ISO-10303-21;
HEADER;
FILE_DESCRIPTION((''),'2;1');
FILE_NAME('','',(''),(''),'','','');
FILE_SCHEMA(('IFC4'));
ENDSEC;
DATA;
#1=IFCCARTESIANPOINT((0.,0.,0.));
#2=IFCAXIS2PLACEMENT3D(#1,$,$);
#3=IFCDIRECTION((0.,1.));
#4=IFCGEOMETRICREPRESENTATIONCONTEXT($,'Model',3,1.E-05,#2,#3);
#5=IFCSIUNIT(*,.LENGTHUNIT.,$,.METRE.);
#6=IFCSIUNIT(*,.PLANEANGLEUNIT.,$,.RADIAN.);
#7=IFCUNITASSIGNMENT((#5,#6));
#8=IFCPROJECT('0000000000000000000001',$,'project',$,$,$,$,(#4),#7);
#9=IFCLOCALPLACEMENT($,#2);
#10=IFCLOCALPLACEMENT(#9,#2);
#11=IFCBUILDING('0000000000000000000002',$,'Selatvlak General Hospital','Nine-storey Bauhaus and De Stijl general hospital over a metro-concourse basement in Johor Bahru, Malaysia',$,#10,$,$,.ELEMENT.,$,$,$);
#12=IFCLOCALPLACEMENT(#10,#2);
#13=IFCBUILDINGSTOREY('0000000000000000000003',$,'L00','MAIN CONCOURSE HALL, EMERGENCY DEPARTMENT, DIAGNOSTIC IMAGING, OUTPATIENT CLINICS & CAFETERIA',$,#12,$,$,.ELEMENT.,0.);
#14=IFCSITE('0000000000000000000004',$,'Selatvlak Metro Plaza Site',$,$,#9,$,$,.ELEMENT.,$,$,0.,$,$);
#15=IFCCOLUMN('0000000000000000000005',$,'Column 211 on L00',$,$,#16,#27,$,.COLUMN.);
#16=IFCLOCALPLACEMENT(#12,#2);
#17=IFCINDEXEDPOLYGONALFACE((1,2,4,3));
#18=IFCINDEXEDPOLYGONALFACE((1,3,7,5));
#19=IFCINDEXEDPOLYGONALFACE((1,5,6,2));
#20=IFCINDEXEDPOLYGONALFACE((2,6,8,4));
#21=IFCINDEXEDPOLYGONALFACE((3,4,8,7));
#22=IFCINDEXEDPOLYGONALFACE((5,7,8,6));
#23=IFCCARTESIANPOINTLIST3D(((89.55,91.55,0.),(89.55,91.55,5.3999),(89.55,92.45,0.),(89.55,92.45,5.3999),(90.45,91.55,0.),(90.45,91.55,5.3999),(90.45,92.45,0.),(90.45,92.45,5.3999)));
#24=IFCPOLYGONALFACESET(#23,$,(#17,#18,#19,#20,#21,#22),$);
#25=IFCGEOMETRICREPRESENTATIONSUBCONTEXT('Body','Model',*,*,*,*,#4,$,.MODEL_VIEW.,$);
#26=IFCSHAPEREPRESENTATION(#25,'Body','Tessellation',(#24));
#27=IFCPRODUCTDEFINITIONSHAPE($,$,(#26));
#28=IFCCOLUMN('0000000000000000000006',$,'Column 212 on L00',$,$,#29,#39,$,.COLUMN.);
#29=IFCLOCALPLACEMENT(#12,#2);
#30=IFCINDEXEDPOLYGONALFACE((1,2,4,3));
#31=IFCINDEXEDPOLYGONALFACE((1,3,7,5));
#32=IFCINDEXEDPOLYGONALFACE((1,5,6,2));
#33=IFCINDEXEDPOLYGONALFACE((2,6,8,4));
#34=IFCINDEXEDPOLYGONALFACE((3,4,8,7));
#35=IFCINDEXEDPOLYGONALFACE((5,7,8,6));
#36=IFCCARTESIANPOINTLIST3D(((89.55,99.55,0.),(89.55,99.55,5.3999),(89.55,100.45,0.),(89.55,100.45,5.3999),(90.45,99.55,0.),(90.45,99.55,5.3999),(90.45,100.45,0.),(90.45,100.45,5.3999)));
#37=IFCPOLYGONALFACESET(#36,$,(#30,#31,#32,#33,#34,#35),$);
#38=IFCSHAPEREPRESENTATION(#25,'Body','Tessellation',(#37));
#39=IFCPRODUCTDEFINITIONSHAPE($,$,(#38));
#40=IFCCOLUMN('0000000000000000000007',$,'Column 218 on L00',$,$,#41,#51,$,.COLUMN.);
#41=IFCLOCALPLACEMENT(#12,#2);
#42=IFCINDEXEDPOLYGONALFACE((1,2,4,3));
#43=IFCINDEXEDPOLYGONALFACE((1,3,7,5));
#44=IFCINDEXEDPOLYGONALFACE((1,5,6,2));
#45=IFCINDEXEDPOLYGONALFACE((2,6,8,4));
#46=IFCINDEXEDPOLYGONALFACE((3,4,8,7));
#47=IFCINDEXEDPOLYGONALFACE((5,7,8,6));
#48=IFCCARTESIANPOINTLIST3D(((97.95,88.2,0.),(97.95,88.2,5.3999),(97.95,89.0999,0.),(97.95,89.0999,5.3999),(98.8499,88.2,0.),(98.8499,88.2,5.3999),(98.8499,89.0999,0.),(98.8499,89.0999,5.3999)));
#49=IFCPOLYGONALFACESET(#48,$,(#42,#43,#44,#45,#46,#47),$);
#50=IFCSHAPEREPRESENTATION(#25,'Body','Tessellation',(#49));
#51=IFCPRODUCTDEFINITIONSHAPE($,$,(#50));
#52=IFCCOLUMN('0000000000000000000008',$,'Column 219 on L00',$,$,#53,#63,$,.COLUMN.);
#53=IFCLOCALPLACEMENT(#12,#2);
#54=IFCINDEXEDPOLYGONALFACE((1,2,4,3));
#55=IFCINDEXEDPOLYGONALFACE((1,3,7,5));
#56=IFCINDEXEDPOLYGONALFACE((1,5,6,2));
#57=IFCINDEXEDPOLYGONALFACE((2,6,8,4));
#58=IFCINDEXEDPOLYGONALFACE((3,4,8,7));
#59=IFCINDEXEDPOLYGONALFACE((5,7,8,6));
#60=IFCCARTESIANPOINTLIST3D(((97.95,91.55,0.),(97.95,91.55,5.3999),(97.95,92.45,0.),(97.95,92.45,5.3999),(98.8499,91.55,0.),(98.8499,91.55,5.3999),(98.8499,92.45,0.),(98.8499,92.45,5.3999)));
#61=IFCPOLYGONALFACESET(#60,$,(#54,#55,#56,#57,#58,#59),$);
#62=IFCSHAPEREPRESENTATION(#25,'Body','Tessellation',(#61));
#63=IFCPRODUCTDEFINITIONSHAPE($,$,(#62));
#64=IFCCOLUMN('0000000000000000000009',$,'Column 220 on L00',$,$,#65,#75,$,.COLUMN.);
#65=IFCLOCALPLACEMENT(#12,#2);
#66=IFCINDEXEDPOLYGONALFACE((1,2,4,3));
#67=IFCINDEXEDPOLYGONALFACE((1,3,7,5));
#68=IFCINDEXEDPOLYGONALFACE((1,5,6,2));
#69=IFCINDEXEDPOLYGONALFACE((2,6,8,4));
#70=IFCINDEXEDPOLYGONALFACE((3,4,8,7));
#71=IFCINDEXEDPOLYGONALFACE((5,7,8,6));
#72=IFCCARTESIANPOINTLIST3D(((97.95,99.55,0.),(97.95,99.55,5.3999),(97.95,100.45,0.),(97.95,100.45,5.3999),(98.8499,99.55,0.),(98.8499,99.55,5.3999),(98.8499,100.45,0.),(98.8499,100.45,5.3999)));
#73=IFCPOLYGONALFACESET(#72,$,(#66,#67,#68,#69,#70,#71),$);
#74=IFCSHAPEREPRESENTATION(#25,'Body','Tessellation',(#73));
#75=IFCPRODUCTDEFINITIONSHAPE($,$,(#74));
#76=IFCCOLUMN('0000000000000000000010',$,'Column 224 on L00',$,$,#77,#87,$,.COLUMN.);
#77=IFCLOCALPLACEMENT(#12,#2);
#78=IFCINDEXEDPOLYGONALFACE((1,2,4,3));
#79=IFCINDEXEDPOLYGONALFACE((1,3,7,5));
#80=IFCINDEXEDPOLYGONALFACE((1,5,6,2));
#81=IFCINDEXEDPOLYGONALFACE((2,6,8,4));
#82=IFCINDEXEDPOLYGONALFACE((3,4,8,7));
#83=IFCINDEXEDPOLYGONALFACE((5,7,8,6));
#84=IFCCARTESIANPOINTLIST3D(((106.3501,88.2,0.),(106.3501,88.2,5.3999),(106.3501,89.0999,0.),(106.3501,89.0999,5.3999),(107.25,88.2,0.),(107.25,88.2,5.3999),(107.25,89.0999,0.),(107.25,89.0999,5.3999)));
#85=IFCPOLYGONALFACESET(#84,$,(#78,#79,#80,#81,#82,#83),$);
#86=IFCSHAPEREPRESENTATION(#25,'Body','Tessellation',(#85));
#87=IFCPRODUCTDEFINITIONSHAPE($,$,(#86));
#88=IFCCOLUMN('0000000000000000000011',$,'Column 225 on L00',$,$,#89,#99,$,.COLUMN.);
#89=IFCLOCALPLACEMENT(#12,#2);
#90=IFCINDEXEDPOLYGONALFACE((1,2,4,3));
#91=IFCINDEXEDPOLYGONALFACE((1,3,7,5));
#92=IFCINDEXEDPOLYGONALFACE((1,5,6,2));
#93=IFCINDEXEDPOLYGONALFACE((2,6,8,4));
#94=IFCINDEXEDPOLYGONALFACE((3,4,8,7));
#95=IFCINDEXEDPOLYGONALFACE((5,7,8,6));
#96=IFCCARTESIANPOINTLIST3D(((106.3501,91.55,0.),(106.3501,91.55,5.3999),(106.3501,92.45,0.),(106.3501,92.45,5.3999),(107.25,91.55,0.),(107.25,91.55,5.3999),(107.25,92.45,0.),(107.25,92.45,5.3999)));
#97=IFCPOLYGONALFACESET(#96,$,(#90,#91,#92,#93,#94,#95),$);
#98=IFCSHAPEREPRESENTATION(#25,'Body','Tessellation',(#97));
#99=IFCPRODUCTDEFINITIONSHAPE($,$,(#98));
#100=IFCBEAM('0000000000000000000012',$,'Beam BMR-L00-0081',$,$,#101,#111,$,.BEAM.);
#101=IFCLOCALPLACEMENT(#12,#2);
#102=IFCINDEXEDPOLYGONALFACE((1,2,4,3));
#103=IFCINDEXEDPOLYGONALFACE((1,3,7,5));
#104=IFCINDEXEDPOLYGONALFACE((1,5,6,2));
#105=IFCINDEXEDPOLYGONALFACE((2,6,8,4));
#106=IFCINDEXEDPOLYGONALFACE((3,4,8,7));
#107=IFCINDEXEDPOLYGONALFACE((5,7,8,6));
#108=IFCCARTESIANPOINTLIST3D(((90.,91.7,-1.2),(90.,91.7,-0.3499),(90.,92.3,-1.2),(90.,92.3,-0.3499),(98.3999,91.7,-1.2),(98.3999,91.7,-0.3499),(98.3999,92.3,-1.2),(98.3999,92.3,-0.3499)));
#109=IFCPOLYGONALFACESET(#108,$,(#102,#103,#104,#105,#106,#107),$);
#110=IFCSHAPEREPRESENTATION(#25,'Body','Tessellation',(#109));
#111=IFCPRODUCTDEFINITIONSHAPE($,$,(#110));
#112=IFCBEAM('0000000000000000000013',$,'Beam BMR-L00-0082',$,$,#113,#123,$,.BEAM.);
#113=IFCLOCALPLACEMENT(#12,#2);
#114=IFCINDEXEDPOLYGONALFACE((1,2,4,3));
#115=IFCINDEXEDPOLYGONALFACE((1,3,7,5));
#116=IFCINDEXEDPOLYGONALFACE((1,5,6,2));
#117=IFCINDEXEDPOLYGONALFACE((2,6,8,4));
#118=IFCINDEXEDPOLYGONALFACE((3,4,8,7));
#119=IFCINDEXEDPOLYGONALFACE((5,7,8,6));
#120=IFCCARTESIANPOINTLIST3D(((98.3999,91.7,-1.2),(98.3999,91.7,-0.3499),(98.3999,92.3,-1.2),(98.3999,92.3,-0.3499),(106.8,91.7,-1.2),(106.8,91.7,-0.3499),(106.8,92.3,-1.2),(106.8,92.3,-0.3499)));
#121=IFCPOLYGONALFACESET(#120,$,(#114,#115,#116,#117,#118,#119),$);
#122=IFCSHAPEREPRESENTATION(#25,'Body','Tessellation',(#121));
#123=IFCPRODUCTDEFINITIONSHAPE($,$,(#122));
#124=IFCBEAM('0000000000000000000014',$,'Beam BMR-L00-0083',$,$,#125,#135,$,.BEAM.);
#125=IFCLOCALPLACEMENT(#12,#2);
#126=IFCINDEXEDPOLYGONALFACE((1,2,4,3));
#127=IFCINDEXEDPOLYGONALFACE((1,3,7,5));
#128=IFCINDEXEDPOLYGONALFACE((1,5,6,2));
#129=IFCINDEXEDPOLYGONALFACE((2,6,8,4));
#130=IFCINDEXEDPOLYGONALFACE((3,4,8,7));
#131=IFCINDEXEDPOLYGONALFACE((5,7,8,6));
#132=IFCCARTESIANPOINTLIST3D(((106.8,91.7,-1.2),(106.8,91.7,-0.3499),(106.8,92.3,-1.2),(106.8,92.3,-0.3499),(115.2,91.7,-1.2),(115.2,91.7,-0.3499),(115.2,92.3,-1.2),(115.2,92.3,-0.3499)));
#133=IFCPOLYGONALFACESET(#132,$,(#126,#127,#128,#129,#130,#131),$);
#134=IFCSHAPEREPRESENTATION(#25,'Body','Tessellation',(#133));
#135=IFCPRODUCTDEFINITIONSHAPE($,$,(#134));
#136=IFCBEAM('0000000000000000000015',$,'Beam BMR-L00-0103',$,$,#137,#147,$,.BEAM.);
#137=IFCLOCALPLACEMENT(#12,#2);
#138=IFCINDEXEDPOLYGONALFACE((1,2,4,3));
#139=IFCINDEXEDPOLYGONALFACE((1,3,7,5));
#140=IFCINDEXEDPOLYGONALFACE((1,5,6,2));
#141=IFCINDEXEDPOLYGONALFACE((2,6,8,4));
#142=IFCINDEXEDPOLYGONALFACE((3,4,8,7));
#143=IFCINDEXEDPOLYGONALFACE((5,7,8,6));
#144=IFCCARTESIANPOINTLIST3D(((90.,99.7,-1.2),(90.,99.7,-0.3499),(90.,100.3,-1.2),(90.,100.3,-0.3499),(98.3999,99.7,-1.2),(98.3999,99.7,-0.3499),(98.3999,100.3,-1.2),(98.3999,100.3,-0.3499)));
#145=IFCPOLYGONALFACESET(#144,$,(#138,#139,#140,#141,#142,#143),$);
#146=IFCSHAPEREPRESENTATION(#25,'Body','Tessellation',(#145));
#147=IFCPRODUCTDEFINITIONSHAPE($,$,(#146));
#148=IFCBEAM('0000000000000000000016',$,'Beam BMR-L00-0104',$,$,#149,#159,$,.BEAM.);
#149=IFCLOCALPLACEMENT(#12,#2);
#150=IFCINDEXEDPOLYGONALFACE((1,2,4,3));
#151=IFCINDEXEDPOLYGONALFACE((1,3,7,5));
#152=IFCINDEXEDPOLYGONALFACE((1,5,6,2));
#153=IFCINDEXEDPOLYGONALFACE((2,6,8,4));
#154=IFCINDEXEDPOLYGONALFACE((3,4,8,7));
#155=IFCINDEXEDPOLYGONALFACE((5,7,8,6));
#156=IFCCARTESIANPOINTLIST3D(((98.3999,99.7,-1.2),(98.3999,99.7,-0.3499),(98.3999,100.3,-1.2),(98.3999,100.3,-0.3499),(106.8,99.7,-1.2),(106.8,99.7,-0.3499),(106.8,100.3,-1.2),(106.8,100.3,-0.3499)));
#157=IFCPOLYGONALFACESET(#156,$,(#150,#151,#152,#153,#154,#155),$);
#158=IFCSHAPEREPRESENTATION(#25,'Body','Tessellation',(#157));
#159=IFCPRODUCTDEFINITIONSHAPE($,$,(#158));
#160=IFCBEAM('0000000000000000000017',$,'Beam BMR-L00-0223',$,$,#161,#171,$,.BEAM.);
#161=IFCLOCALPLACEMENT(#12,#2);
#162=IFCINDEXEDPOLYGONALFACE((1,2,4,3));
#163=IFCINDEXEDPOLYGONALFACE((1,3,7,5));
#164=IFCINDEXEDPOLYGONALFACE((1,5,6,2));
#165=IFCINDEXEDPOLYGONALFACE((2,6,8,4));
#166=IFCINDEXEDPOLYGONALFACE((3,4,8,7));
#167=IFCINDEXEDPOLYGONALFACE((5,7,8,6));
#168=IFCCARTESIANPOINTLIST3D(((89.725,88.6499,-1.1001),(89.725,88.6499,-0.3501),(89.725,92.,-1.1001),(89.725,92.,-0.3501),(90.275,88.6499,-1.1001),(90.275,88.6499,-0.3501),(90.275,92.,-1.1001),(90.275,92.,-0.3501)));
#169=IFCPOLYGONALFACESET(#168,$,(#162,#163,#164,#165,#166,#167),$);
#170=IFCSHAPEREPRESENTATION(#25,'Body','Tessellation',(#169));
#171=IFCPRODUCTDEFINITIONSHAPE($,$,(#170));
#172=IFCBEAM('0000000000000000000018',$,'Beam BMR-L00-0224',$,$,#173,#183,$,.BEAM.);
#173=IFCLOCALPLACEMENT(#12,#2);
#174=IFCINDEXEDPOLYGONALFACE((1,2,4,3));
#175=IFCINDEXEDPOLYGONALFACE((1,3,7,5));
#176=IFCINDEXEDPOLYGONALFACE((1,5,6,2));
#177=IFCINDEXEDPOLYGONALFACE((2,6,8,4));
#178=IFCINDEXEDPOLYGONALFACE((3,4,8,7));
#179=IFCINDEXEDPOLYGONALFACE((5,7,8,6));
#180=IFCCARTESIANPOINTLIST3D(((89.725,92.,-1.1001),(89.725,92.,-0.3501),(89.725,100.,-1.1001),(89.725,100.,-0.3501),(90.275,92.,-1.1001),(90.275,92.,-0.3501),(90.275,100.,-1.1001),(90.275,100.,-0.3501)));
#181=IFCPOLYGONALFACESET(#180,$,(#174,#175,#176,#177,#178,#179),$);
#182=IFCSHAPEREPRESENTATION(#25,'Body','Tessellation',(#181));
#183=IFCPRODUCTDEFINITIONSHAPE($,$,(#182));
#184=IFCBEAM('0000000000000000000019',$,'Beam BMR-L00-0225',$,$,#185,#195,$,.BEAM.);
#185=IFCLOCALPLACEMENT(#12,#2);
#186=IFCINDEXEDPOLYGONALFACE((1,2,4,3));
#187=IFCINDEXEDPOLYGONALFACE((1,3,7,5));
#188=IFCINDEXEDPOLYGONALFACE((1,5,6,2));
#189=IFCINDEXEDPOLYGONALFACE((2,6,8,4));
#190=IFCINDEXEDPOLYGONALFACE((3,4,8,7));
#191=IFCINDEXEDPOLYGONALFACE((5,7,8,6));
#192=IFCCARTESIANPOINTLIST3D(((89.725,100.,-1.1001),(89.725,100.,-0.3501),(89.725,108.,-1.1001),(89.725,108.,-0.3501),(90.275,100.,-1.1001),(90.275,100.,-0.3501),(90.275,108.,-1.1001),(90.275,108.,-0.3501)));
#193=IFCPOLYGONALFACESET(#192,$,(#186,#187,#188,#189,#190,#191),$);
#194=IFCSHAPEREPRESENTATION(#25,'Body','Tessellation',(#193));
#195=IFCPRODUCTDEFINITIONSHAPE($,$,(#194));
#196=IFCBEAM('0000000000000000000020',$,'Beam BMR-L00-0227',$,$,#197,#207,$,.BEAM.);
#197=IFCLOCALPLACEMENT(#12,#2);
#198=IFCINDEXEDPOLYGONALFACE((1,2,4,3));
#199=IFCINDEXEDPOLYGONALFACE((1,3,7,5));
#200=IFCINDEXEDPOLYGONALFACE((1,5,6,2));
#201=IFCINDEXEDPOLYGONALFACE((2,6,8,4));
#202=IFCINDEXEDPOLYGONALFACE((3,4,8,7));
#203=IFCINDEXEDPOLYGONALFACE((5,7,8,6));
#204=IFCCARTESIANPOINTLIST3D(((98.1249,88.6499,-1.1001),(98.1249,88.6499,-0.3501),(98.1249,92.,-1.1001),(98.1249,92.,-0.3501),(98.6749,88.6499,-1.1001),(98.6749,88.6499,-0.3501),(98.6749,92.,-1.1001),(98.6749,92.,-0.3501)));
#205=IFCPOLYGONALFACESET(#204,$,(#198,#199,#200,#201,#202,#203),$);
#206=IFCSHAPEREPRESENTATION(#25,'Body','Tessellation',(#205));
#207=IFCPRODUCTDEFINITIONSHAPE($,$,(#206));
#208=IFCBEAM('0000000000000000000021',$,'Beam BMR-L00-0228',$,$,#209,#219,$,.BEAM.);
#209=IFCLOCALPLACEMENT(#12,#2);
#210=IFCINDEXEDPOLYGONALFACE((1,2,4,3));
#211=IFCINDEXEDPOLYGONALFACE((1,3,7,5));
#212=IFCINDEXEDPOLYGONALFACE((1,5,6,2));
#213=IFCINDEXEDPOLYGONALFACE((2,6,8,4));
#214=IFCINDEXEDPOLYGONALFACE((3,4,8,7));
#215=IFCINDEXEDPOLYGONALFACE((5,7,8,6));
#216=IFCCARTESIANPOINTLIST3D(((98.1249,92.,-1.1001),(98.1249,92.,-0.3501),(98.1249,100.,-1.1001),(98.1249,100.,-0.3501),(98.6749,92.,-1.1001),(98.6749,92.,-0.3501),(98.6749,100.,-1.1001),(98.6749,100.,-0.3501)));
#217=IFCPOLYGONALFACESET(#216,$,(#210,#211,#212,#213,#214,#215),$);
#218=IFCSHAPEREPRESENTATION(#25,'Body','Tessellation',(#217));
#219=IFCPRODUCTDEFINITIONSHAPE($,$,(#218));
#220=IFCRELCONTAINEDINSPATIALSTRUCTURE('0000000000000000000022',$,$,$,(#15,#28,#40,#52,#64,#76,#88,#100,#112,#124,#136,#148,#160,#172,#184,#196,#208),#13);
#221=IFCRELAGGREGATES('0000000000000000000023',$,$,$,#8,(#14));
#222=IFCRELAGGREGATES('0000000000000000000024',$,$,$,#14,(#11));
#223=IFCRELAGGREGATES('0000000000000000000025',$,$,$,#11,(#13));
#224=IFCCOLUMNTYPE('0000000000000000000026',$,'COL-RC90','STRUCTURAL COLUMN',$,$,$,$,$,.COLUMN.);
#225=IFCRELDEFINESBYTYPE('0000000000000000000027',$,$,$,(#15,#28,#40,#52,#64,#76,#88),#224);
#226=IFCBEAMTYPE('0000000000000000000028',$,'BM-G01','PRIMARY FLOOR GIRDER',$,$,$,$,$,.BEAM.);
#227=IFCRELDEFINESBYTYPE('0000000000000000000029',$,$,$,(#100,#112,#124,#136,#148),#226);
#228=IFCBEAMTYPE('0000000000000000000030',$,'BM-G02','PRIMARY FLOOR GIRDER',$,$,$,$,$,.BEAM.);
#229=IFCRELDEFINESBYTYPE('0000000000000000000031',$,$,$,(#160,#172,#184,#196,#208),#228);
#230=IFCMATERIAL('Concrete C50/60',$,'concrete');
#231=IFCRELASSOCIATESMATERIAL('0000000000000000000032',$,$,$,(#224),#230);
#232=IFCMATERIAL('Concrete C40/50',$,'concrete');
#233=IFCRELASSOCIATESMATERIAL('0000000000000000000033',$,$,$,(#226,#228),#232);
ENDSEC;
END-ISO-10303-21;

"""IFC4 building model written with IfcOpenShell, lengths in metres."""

from ifc_helpers import new_model, si_unit, direction, frame, origin, origin_2d, place, context, subcontext, project, spatial, rectangle, extrude, material, material_profile, profile_set, type_object, element, save


model = new_model("IFC4")

# Units and contexts
model_context = context("Model", 3, precision=1e-05, world=origin(), true_north=direction((0.0, 1.0)))
body_context = subcontext(model_context, "Body", "Model", "MODEL_VIEW")
ifc_project = project(units=[si_unit("LENGTHUNIT", "METRE"), si_unit("PLANEANGLEUNIT", "RADIAN")], contexts=[model_context])

# Site, building, storey
site_placement = place(None, origin())
site = spatial("IfcSite", under=ifc_project, at=site_placement, Name="Selatvlak Metro Plaza Site", CompositionType="ELEMENT", RefElevation=0.0)
building_placement = place(site_placement, origin())
building = spatial("IfcBuilding", under=site, at=building_placement, Name="Selatvlak General Hospital", Description="Nine-storey Bauhaus and De Stijl general hospital over a metro-concourse basement in Johor Bahru, Malaysia", CompositionType="ELEMENT")
storey_placement = place(building_placement, origin())
storey = spatial("IfcBuildingStorey", under=building, at=storey_placement, Name="L00", Description="MAIN CONCOURSE HALL, EMERGENCY DEPARTMENT, DIAGNOSTIC IMAGING, OUTPATIENT CLINICS & CAFETERIA", CompositionType="ELEMENT", Elevation=0.0)

# Columns
ifc_material_1 = material(Name="Concrete C50/60", Category="concrete")
ifc_material_profile_1 = material_profile(ifc_material_1, rectangle(XDim=0.8999, YDim=0.8999, at=origin_2d()), Name="RC-COL 900x900")
ifc_profile_set_1 = profile_set([ifc_material_profile_1], Name="Concrete C50/60")
column_type = type_object("IfcColumnType", Name="COL-RC90", Description="STRUCTURAL COLUMN", PredefinedType="COLUMN", material=ifc_profile_set_1)
for number, where, z_axis, x_axis, name in (
    (1, (90.0, 92.0, 0.0), (0.0, 0.0, 1.0), (1.0, 0.0, 0.0), "Column 211 on L00"),
    (2, (90.0, 100.0, 0.0), (0.0, 0.0, 1.0), (1.0, 0.0, 0.0), "Column 212 on L00"),
    (3, (98.3999, 88.6499, 0.0), (0.0, 0.0, 1.0), (1.0, 0.0, 0.0), "Column 218 on L00"),
    (4, (98.3999, 92.0, 0.0), (0.0, 0.0, 1.0), (1.0, 0.0, 0.0), "Column 219 on L00"),
    (5, (98.3999, 100.0, 0.0), (0.0, 0.0, 1.0), (1.0, 0.0, 0.0), "Column 220 on L00"),
    (6, (106.8, 88.6499, 0.0), (0.0, 0.0, 1.0), (1.0, 0.0, 0.0), "Column 224 on L00"),
    (7, (106.8, 92.0, 0.0), (0.0, 0.0, 1.0), (1.0, 0.0, 0.0), "Column 225 on L00"),
):
    element("IfcColumn", number, at=place(storey_placement, frame(where, z_axis=z_axis, x_axis=x_axis)), inside=storey, type_object=column_type, Name=name, PredefinedType="COLUMN", context=body_context, shape_type="SweptSolid", body=[
        extrude(rectangle(XDim=0.8999, YDim=0.8999, at=origin_2d()), origin(), (0.0, 0.0, 1.0), 5.3999),
    ])

# Beams
ifc_material_2 = material(Name="Concrete C40/50", Category="concrete")
ifc_material_profile_2 = material_profile(ifc_material_2, rectangle(XDim=0.6001, YDim=0.8501, at=origin_2d()), Name="RC-BM 600x850")
ifc_profile_set_2 = profile_set([ifc_material_profile_2], Name="Concrete C40/50")
beam_type_1 = type_object("IfcBeamType", Name="BM-G01", Description="PRIMARY FLOOR GIRDER", PredefinedType="BEAM", material=ifc_profile_set_2)
beam_1_placement = place(storey_placement, frame((90.0, 92.0, -0.7749), z_axis=(1.0, 0.0, 0.0), x_axis=(0.0, 1.0, 0.0)))
element("IfcBeam", 8, at=beam_1_placement, inside=storey, type_object=beam_type_1, Name="Beam BMR-L00-0081", PredefinedType="BEAM", context=body_context, shape_type="SweptSolid", body=[
    extrude(rectangle(XDim=0.6001, YDim=0.8501, at=origin_2d()), origin(), (0.0, 0.0, 1.0), 8.3999),
])
beam_2_placement = place(storey_placement, frame((98.3999, 92.0, -0.7749), z_axis=(1.0, 0.0, 0.0), x_axis=(0.0, 1.0, 0.0)))
element("IfcBeam", 9, at=beam_2_placement, inside=storey, type_object=beam_type_1, Name="Beam BMR-L00-0082", PredefinedType="BEAM", context=body_context, shape_type="SweptSolid", body=[
    extrude(rectangle(XDim=0.6001, YDim=0.8501, at=origin_2d()), origin(), (0.0, 0.0, 1.0), 8.4001),
])
for number, where, z_axis, x_axis, name in (
    (10, (106.8, 92.0, -0.7749), (1.0, 0.0, 0.0), (0.0, 1.0, 0.0), "Beam BMR-L00-0083"),
    (11, (90.0, 100.0, -0.7749), (1.0, 0.0, 0.0), (0.0, 1.0, 0.0), "Beam BMR-L00-0103"),
):
    element("IfcBeam", number, at=place(storey_placement, frame(where, z_axis=z_axis, x_axis=x_axis)), inside=storey, type_object=beam_type_1, Name=name, PredefinedType="BEAM", context=body_context, shape_type="SweptSolid", body=[
        extrude(rectangle(XDim=0.6001, YDim=0.8501, at=origin_2d()), origin(), (0.0, 0.0, 1.0), 8.3999),
    ])
beam_3_placement = place(storey_placement, frame((98.3999, 100.0, -0.7749), z_axis=(1.0, 0.0, 0.0), x_axis=(0.0, 1.0, 0.0)))
element("IfcBeam", 12, at=beam_3_placement, inside=storey, type_object=beam_type_1, Name="Beam BMR-L00-0104", PredefinedType="BEAM", context=body_context, shape_type="SweptSolid", body=[
    extrude(rectangle(XDim=0.6001, YDim=0.8501, at=origin_2d()), origin(), (0.0, 0.0, 1.0), 8.4001),
])
ifc_material_profile_3 = material_profile(ifc_material_2, rectangle(XDim=0.55, YDim=0.75, at=origin_2d()), Name="RC-BM 550x750")
ifc_profile_set_3 = profile_set([ifc_material_profile_3], Name="Concrete C40/50")
beam_type_2 = type_object("IfcBeamType", Name="BM-G02", Description="PRIMARY FLOOR GIRDER", PredefinedType="BEAM", material=ifc_profile_set_3)
beam_4_placement = place(storey_placement, frame((90.0, 88.6499, -0.7251), z_axis=(0.0, 1.0, 0.0), x_axis=(-1.0, 0.0, 0.0)))
element("IfcBeam", 13, at=beam_4_placement, inside=storey, type_object=beam_type_2, Name="Beam BMR-L00-0223", PredefinedType="BEAM", context=body_context, shape_type="SweptSolid", body=[
    extrude(rectangle(XDim=0.55, YDim=0.75, at=origin_2d()), origin(), (0.0, 0.0, 1.0), 3.3501),
])
for number, where, z_axis, x_axis, name in (
    (14, (90.0, 92.0, -0.7251), (0.0, 1.0, 0.0), (-1.0, 0.0, 0.0), "Beam BMR-L00-0224"),
    (15, (90.0, 100.0, -0.7251), (0.0, 1.0, 0.0), (-1.0, 0.0, 0.0), "Beam BMR-L00-0225"),
):
    element("IfcBeam", number, at=place(storey_placement, frame(where, z_axis=z_axis, x_axis=x_axis)), inside=storey, type_object=beam_type_2, Name=name, PredefinedType="BEAM", context=body_context, shape_type="SweptSolid", body=[
        extrude(rectangle(XDim=0.55, YDim=0.75, at=origin_2d()), origin(), (0.0, 0.0, 1.0), 8.0),
    ])
beam_5_placement = place(storey_placement, frame((98.3999, 88.6499, -0.7251), z_axis=(0.0, 1.0, 0.0), x_axis=(-1.0, 0.0, 0.0)))
element("IfcBeam", 16, at=beam_5_placement, inside=storey, type_object=beam_type_2, Name="Beam BMR-L00-0227", PredefinedType="BEAM", context=body_context, shape_type="SweptSolid", body=[
    extrude(rectangle(XDim=0.55, YDim=0.75, at=origin_2d()), origin(), (0.0, 0.0, 1.0), 3.3501),
])
beam_6_placement = place(storey_placement, frame((98.3999, 92.0, -0.7251), z_axis=(0.0, 1.0, 0.0), x_axis=(-1.0, 0.0, 0.0)))
element("IfcBeam", 17, at=beam_6_placement, inside=storey, type_object=beam_type_2, Name="Beam BMR-L00-0228", PredefinedType="BEAM", context=body_context, shape_type="SweptSolid", body=[
    extrude(rectangle(XDim=0.55, YDim=0.75, at=origin_2d()), origin(), (0.0, 0.0, 1.0), 8.0),
])

save(model, "model.ifc")
